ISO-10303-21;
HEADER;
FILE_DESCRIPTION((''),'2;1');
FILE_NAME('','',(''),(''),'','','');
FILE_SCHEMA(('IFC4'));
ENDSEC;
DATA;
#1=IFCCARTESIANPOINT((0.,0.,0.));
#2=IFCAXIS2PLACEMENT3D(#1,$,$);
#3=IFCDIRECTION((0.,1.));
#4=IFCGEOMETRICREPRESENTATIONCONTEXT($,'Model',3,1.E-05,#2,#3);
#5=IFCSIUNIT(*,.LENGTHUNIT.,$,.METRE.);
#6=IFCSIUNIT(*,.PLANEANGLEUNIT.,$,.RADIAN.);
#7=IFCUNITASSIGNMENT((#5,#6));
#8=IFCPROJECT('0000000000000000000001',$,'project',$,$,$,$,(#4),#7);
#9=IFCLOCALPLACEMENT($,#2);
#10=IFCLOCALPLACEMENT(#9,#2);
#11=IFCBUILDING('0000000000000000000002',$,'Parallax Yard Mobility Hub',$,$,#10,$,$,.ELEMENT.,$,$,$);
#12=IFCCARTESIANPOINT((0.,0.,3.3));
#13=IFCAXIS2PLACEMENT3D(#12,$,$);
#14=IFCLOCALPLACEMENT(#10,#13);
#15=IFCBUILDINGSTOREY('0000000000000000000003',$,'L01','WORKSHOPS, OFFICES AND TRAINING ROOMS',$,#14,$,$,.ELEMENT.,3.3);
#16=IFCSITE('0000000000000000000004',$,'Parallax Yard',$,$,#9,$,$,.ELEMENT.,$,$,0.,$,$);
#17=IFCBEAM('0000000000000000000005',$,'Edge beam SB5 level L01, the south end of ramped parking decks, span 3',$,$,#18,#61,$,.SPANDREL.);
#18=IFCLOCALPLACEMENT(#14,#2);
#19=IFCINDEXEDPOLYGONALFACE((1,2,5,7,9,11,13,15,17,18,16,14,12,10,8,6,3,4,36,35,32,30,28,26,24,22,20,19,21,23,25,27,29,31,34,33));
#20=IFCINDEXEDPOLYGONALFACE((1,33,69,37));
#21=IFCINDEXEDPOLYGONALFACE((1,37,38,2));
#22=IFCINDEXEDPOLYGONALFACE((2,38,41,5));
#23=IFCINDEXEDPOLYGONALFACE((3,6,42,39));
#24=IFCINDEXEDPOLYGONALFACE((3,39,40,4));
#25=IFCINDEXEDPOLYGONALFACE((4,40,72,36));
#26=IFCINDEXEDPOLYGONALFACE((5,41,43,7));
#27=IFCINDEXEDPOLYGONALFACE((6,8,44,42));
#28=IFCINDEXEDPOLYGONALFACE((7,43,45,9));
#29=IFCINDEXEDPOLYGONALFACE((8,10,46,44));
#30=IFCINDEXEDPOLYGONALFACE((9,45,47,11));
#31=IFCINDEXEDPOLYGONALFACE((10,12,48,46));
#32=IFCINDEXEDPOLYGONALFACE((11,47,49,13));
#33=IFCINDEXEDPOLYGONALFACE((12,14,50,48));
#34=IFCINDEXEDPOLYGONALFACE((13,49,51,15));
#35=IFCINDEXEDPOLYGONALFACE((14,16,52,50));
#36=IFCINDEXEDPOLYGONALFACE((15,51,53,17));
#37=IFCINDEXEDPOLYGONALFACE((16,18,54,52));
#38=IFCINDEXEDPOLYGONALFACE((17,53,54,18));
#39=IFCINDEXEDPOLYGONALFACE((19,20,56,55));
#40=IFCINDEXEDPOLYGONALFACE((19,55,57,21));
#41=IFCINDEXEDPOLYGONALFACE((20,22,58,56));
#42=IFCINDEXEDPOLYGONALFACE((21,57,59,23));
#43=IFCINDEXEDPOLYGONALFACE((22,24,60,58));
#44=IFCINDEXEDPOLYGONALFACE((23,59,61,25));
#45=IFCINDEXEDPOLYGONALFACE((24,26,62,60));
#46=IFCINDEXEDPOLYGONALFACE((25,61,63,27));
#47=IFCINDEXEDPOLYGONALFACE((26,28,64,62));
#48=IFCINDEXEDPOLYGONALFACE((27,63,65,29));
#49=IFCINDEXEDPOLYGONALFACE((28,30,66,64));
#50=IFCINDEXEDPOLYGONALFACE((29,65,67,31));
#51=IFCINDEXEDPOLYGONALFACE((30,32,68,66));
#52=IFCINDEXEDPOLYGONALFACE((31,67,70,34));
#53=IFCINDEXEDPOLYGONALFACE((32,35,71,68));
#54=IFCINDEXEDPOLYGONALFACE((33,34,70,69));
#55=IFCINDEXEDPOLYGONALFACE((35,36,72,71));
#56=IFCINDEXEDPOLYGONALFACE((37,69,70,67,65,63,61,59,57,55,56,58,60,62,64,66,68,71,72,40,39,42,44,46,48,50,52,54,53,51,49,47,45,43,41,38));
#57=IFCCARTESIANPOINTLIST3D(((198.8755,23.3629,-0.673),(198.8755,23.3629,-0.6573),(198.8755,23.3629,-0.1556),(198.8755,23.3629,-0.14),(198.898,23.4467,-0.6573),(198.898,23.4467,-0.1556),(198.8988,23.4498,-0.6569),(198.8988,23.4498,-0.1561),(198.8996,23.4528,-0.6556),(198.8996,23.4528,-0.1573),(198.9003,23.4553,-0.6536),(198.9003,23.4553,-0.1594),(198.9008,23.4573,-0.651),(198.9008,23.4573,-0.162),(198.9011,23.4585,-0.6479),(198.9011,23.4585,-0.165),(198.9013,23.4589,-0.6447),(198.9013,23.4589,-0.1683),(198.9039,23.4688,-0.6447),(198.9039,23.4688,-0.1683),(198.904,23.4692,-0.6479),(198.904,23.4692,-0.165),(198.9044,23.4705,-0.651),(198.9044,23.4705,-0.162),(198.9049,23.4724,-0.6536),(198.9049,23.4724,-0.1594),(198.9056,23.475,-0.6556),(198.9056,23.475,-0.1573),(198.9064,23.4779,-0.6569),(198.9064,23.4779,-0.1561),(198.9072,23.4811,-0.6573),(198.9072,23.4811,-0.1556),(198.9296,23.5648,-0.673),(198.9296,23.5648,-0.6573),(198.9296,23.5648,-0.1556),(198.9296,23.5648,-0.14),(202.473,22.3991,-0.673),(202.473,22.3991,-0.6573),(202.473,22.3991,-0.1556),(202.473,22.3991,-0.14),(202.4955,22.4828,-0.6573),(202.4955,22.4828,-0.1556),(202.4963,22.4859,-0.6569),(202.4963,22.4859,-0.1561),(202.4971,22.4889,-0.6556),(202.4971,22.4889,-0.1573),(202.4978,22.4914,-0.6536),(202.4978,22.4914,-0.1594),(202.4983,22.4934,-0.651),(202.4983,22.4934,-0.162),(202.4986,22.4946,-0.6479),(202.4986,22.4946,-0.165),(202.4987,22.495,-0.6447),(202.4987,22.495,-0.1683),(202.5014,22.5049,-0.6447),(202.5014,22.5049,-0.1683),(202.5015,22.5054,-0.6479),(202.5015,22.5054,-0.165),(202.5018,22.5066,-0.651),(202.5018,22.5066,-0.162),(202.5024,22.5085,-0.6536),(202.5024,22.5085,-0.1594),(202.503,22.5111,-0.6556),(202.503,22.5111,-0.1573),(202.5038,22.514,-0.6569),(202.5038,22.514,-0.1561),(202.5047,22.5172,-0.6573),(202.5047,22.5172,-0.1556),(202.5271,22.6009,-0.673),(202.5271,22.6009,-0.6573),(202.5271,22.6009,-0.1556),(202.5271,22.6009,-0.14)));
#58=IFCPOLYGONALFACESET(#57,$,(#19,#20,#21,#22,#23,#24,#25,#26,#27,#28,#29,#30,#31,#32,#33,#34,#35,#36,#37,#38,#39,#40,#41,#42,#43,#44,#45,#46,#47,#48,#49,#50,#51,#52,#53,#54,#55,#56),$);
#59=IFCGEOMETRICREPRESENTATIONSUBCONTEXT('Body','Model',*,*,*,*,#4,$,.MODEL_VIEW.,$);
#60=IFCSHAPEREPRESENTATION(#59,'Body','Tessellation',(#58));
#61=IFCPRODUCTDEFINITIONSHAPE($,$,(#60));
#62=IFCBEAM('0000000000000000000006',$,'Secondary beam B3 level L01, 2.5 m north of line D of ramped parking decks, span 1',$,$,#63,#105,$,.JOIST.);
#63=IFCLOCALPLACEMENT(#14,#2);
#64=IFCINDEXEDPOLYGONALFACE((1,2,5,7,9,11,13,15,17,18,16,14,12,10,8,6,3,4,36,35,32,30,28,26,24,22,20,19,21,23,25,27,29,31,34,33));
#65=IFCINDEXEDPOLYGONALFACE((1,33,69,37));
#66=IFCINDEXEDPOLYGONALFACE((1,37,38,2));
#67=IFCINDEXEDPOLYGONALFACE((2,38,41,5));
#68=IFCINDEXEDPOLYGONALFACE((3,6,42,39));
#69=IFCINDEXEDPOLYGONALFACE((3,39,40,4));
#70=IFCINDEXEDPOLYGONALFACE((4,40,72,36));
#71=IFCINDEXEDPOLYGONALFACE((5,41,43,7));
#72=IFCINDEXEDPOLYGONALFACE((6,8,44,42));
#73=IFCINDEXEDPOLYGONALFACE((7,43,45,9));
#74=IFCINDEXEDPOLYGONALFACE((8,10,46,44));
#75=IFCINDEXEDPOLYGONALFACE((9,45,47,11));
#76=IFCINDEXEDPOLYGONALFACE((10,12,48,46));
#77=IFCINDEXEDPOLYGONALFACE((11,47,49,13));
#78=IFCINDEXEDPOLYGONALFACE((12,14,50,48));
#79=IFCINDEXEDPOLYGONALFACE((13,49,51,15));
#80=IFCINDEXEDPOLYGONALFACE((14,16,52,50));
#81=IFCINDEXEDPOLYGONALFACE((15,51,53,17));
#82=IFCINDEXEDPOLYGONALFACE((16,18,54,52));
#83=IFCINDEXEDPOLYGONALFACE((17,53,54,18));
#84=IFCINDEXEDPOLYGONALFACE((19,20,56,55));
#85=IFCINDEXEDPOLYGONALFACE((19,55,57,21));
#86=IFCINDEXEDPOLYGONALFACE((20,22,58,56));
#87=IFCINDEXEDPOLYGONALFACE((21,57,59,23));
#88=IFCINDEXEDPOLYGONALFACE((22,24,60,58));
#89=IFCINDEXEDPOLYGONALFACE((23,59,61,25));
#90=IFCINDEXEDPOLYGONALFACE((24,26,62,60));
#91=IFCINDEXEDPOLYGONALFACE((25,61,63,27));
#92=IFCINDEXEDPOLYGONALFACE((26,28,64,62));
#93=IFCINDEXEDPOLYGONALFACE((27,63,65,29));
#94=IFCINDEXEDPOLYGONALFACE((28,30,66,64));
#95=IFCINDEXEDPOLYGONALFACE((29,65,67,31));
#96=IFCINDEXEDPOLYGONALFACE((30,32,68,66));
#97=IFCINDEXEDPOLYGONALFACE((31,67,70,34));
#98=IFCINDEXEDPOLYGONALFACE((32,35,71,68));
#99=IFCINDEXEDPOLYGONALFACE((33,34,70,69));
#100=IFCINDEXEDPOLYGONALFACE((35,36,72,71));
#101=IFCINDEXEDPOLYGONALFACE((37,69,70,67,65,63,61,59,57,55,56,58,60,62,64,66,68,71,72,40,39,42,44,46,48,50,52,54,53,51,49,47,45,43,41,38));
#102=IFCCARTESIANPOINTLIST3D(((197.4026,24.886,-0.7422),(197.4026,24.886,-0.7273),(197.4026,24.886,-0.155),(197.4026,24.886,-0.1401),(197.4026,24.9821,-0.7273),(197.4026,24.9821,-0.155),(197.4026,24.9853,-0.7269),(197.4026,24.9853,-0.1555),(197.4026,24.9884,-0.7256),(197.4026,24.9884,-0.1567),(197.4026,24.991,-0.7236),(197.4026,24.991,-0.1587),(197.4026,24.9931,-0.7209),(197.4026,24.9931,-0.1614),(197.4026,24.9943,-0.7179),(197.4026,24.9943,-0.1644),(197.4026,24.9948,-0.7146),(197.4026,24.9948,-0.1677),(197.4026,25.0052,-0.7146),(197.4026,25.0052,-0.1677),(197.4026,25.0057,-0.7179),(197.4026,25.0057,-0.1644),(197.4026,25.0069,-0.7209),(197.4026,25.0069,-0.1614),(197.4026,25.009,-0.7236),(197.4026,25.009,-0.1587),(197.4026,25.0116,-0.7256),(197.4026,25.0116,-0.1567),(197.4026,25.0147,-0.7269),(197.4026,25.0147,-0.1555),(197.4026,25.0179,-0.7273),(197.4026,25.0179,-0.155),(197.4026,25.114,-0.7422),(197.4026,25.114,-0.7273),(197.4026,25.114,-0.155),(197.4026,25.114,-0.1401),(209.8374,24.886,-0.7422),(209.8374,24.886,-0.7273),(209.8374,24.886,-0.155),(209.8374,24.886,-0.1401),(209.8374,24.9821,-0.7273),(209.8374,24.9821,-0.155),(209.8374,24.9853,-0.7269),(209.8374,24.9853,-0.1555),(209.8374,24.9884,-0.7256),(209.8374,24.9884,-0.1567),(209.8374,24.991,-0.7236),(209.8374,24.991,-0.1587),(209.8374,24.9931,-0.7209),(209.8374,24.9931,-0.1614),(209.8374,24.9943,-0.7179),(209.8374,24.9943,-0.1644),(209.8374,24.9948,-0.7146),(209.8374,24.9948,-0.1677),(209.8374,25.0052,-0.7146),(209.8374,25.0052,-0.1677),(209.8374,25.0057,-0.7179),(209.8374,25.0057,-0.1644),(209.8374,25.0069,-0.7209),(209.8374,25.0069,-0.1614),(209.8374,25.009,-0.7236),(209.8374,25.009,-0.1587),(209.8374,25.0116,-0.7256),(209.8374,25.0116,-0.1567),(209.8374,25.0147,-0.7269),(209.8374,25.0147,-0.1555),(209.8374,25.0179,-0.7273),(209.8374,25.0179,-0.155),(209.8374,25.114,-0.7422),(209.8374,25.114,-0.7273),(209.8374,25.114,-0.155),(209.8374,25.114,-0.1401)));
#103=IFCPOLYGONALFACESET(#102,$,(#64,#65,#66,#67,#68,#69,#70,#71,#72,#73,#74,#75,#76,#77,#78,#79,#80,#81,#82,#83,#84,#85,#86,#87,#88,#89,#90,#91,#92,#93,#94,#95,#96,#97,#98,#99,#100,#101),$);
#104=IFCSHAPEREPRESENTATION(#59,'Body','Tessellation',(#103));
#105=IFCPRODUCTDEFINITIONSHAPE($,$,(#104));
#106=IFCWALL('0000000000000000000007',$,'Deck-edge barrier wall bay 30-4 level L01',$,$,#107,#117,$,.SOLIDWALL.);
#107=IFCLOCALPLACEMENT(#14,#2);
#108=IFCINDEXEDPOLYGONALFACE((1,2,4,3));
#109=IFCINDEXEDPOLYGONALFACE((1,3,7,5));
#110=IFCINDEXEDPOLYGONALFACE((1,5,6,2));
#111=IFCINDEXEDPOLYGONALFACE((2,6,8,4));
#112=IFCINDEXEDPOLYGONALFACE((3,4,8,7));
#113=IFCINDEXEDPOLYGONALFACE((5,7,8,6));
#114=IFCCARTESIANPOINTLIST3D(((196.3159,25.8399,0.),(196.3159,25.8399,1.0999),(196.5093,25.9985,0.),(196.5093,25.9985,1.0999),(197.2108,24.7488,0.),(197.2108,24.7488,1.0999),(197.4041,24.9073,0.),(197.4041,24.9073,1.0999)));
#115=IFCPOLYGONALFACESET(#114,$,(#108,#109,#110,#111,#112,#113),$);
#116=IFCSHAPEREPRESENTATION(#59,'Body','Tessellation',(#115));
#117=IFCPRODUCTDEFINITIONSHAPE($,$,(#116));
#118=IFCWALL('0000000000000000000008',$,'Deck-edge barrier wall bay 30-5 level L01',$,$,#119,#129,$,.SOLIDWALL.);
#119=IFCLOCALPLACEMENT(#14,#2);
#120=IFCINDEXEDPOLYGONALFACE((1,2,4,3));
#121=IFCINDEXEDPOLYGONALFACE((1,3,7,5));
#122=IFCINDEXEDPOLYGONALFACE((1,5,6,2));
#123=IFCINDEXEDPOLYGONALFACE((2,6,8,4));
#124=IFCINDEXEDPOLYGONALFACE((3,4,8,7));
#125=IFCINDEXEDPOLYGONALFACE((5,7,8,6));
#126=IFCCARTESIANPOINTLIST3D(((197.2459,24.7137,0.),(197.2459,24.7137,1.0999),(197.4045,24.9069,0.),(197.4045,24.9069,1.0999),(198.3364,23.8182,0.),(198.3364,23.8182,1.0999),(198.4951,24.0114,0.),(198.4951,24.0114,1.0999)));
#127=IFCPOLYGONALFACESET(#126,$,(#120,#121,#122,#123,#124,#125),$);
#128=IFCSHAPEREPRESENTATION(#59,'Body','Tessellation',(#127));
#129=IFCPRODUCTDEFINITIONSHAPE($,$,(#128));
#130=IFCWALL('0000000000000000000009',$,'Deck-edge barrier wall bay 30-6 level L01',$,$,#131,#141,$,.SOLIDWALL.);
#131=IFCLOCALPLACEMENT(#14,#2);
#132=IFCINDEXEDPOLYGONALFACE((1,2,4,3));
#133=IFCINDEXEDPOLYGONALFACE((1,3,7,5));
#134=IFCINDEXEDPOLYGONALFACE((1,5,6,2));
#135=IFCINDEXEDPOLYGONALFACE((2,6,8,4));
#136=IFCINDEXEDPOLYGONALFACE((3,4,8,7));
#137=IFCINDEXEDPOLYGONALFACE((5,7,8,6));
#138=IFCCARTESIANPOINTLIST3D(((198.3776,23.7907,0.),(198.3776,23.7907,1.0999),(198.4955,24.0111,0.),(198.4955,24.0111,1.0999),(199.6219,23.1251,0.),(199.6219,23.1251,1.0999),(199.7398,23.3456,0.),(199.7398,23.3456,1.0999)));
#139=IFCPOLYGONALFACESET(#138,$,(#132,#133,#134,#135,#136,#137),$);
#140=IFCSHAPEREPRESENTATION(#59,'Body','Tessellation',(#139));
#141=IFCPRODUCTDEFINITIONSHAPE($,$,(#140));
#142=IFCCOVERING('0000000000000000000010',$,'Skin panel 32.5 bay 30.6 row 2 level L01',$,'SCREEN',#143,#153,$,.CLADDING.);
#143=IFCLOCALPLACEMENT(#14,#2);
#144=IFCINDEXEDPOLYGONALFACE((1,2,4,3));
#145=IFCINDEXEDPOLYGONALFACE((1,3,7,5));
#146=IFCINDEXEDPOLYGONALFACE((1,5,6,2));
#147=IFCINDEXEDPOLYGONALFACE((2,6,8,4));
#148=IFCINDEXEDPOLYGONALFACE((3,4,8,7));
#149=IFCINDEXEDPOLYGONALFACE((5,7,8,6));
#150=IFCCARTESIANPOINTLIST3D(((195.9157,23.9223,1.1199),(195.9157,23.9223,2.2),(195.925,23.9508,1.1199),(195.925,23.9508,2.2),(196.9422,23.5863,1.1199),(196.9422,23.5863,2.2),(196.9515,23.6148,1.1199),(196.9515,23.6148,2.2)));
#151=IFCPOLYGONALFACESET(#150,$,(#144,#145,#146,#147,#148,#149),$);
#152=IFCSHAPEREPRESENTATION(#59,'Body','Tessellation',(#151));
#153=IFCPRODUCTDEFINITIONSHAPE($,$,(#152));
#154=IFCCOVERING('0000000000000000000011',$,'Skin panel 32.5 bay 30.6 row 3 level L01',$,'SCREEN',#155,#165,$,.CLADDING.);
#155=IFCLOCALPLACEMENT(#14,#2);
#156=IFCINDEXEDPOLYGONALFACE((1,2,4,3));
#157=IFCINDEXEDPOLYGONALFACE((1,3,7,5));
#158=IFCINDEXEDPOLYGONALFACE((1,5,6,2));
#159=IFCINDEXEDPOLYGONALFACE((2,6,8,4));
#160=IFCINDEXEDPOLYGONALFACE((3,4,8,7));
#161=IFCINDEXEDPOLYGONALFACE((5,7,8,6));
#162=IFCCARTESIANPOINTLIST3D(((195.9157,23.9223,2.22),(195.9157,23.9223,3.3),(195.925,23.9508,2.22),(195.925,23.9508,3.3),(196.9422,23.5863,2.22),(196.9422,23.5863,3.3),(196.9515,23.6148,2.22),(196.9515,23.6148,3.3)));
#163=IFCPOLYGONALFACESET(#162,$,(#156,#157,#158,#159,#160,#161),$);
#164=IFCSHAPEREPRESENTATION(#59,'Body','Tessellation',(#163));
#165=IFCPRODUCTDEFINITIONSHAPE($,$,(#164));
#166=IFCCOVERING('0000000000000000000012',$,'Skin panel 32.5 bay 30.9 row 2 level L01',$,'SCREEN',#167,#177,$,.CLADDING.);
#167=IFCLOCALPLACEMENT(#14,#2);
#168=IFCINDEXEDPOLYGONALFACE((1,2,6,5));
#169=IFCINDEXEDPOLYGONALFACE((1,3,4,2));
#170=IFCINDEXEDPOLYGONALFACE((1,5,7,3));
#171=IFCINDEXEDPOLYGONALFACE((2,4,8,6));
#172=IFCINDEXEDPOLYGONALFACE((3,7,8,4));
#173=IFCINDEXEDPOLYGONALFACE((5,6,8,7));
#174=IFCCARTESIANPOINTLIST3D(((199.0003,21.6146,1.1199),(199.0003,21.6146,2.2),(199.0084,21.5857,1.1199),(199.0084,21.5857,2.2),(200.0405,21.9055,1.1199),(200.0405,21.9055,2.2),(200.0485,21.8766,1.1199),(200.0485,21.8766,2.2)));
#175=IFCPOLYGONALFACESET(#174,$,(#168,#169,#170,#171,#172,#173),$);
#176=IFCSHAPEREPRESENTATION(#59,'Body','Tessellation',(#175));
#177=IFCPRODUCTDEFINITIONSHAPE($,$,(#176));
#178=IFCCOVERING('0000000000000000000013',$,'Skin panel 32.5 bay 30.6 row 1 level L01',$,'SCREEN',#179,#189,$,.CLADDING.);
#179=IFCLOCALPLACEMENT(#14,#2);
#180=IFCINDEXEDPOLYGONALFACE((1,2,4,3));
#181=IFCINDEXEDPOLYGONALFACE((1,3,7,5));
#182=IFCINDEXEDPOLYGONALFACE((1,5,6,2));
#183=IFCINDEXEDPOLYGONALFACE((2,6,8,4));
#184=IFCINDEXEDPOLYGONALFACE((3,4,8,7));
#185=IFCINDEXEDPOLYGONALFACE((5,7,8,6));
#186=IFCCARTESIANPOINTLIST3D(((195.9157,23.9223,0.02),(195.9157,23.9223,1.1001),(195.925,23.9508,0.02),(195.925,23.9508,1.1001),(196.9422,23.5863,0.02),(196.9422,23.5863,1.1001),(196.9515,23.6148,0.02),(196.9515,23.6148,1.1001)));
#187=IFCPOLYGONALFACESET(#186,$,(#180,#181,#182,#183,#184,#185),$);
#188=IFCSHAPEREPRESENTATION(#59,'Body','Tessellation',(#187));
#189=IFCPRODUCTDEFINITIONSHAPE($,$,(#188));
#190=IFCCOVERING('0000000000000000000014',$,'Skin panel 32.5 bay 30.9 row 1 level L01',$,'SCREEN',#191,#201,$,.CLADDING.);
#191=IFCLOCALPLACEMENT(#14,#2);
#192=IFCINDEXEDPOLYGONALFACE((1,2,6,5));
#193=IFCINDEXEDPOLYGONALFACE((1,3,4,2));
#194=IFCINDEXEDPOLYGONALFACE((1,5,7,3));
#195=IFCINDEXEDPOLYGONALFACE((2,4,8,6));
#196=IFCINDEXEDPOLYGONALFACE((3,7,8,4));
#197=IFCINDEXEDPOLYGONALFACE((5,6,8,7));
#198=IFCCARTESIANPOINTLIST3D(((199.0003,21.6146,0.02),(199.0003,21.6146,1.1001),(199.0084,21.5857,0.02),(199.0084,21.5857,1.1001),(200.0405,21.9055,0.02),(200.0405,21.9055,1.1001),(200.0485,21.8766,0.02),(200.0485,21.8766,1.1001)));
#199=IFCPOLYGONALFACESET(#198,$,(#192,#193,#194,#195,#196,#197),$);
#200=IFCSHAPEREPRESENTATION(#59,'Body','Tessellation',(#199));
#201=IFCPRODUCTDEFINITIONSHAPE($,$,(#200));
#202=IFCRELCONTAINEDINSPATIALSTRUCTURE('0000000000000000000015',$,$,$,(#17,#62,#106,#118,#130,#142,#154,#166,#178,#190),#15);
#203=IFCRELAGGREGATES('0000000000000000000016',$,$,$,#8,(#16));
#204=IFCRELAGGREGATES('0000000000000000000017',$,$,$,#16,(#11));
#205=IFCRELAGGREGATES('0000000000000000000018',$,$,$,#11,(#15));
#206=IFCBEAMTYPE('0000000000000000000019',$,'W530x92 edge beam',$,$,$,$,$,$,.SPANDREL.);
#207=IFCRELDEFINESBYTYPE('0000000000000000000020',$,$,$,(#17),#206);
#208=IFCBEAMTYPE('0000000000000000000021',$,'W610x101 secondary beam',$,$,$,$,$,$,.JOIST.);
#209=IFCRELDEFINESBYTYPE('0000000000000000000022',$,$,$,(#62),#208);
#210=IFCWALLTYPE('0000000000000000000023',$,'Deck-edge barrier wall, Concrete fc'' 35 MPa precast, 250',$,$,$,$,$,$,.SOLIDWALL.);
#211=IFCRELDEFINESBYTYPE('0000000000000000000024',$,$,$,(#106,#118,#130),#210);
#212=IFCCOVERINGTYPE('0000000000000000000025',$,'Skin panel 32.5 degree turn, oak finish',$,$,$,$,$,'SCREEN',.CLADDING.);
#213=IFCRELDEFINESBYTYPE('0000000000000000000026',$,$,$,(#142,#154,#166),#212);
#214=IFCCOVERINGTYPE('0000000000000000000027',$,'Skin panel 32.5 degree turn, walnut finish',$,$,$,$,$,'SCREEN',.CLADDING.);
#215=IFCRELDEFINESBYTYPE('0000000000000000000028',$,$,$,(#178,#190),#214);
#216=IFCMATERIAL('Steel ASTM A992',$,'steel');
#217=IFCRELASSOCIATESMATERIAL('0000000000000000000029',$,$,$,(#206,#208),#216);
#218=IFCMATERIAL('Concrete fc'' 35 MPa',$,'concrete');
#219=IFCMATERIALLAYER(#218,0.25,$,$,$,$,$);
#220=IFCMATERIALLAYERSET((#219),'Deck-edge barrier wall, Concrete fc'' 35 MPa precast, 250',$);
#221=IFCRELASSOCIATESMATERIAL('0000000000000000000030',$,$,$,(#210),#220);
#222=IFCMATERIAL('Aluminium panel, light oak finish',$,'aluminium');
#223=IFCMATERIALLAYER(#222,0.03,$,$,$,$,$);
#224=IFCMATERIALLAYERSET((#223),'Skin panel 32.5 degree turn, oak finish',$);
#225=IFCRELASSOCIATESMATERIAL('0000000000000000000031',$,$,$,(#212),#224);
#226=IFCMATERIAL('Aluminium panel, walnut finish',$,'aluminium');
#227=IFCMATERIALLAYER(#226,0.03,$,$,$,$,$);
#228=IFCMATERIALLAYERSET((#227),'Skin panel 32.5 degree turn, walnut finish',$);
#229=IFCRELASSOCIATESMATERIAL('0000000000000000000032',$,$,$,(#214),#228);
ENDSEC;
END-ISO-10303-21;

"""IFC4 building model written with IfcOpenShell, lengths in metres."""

from ifc_helpers import new_model, si_unit, direction, frame, frame_2d, origin, origin_2d, place, context, subcontext, project, spatial, rectangle, i_section, extrude, material, layer, layer_set, material_profile, profile_set, type_object, element, save


model = new_model("IFC4")

# Units and contexts
model_context = context("Model", 3, precision=1e-05, world=origin(), true_north=direction((0.0, 1.0)))
body_context = subcontext(model_context, "Body", "Model", "MODEL_VIEW")
ifc_project = project(units=[si_unit("LENGTHUNIT", "METRE"), si_unit("PLANEANGLEUNIT", "RADIAN")], contexts=[model_context])

# Site, building, storey
site_placement = place(None, origin())
site = spatial("IfcSite", under=ifc_project, at=site_placement, Name="Parallax Yard", CompositionType="ELEMENT", RefElevation=0.0)
building_placement = place(site_placement, origin())
building = spatial("IfcBuilding", under=site, at=building_placement, Name="Parallax Yard Mobility Hub", CompositionType="ELEMENT")
storey_placement = place(building_placement, frame((0.0, 0.0, 3.3)))
storey = spatial("IfcBuildingStorey", under=building, at=storey_placement, Name="L01", Description="WORKSHOPS, OFFICES AND TRAINING ROOMS", CompositionType="ELEMENT", Elevation=3.3)

# Shared definitions
ifc_material_1 = material(Name="Steel ASTM A992", Category="steel")

# Beams
ifc_material_profile_1 = material_profile(ifc_material_1, i_section(OverallWidth=0.209, OverallDepth=0.533, WebThickness=0.0103, FlangeThickness=0.0156, FilletRadius=0.0127, at=origin_2d()), Name="W530x92")
ifc_profile_set_1 = profile_set([ifc_material_profile_1], Name="Steel ASTM A992")
beam_type_1 = type_object("IfcBeamType", Name="W530x92 edge beam", PredefinedType="SPANDREL", material=ifc_profile_set_1)
beam_1_placement = place(storey_placement, frame((198.9026, 23.4639, -0.4065), z_axis=(0.96593, -0.258805, 0.0), x_axis=(0.258805, 0.96593, 0.0)))
element("IfcBeam", 1, at=beam_1_placement, inside=storey, type_object=beam_type_1, Name="Edge beam SB5 level L01, the south end of ramped parking decks, span 3", PredefinedType="SPANDREL", context=body_context, shape_type="SweptSolid", body=[
    extrude(i_section(OverallWidth=0.209, OverallDepth=0.533, WebThickness=0.0103, FlangeThickness=0.0156, FilletRadius=0.0127, at=origin_2d()), origin(), (0.0, 0.0, 1.0), 3.7244),
])
ifc_material_profile_2 = material_profile(ifc_material_1, i_section(OverallWidth=0.228, OverallDepth=0.6021, WebThickness=0.0105, FlangeThickness=0.0149, FilletRadius=0.0127, at=origin_2d()), Name="W610x101")
ifc_profile_set_2 = profile_set([ifc_material_profile_2], Name="Steel ASTM A992")
beam_type_2 = type_object("IfcBeamType", Name="W610x101 secondary beam", PredefinedType="JOIST", material=ifc_profile_set_2)
beam_2_placement = place(storey_placement, frame((197.4026, 25.0, -0.4412), z_axis=(1.0, 0.0, 0.0), x_axis=(0.0, 1.0, 0.0)))
element("IfcBeam", 2, at=beam_2_placement, inside=storey, type_object=beam_type_2, Name="Secondary beam B3 level L01, 2.5 m north of line D of ramped parking decks, span 1", PredefinedType="JOIST", context=body_context, shape_type="SweptSolid", body=[
    extrude(i_section(OverallWidth=0.228, OverallDepth=0.6021, WebThickness=0.0105, FlangeThickness=0.0149, FilletRadius=0.0127, at=origin_2d()), origin(), (0.0, 0.0, 1.0), 12.4348),
])

# Walls
ifc_material_2 = material(Name="Concrete fc' 35 MPa", Category="concrete")
ifc_layer_1 = layer(ifc_material_2, 0.25)
ifc_layer_set_1 = layer_set([ifc_layer_1], Name="Deck-edge barrier wall, Concrete fc' 35 MPa precast, 250")
wall_type = type_object("IfcWallType", Name="Deck-edge barrier wall, Concrete fc' 35 MPa precast, 250", PredefinedType="SOLIDWALL", material=ifc_layer_set_1)
for number, where, z_axis, x_axis, name in (
    (3, (196.4126, 25.9192, 0.0), (0.0, 0.0, 1.0), (0.634123, -0.773232, 0.0), "Deck-edge barrier wall bay 30-4 level L01"),
    (4, (197.3252, 24.8103, 0.0), (0.0, 0.0, 1.0), (0.772838, -0.634603, 0.0), "Deck-edge barrier wall bay 30-5 level L01"),
    (5, (198.4365, 23.9009, 0.0), (0.0, 0.0, 1.0), (0.881806, -0.471612, 0.0), "Deck-edge barrier wall bay 30-6 level L01"),
):
    element("IfcWall", number, at=place(storey_placement, frame(where, z_axis=z_axis, x_axis=x_axis)), inside=storey, type_object=wall_type, Name=name, PredefinedType="SOLIDWALL", context=body_context, shape_type="SweptSolid", body=[
        extrude(rectangle(XDim=1.4111, YDim=0.25, at=frame_2d((0.7056, 0.0))), origin(), (0.0, 0.0, 1.0), 1.0999),
    ])

# Coverings
ifc_material_3 = material(Name="Aluminium panel, light oak finish", Category="aluminium")
ifc_layer_2 = layer(ifc_material_3, 0.03)
ifc_layer_set_2 = layer_set([ifc_layer_2], Name="Skin panel 32.5 degree turn, oak finish")
covering_type_1 = type_object("IfcCoveringType", Name="Skin panel 32.5 degree turn, oak finish", ElementType="SCREEN", PredefinedType="CLADDING", material=ifc_layer_set_2)
for number, where, z_axis, x_axis, name in (
    (6, (196.4336, 23.7686, 1.1199), (0.0, 0.0, 1.0), (-0.95038, 0.311091, 0.0), "Skin panel 32.5 bay 30.6 row 2 level L01"),
    (7, (196.4336, 23.7686, 2.22), (0.0, 0.0, 1.0), (-0.95038, 0.311091, 0.0), "Skin panel 32.5 bay 30.6 row 3 level L01"),
    (8, (199.5244, 21.7456, 1.1199), (0.0, 0.0, 1.0), (-0.963045, -0.26934, 0.0), "Skin panel 32.5 bay 30.9 row 2 level L01"),
):
    element("IfcCovering", number, at=place(storey_placement, frame(where, z_axis=z_axis, x_axis=x_axis)), inside=storey, type_object=covering_type_1, Name=name, ObjectType="SCREEN", PredefinedType="CLADDING", context=body_context, shape_type="SweptSolid", body=[
        extrude(rectangle(XDim=1.0801, YDim=0.03, at=origin_2d()), origin(), (0.0, 0.0, 1.0), 1.0801),
    ])
ifc_material_4 = material(Name="Aluminium panel, walnut finish", Category="aluminium")
ifc_layer_3 = layer(ifc_material_4, 0.03)
ifc_layer_set_3 = layer_set([ifc_layer_3], Name="Skin panel 32.5 degree turn, walnut finish")
covering_type_2 = type_object("IfcCoveringType", Name="Skin panel 32.5 degree turn, walnut finish", ElementType="SCREEN", PredefinedType="CLADDING", material=ifc_layer_set_3)
for number, where, z_axis, x_axis, name in (
    (9, (196.4336, 23.7686, 0.02), (0.0, 0.0, 1.0), (-0.95038, 0.311091, 0.0), "Skin panel 32.5 bay 30.6 row 1 level L01"),
    (10, (199.5244, 21.7456, 0.02), (0.0, 0.0, 1.0), (-0.963045, -0.26934, 0.0), "Skin panel 32.5 bay 30.9 row 1 level L01"),
):
    element("IfcCovering", number, at=place(storey_placement, frame(where, z_axis=z_axis, x_axis=x_axis)), inside=storey, type_object=covering_type_2, Name=name, ObjectType="SCREEN", PredefinedType="CLADDING", context=body_context, shape_type="SweptSolid", body=[
        extrude(rectangle(XDim=1.0801, YDim=0.03, at=origin_2d()), origin(), (0.0, 0.0, 1.0), 1.0801),
    ])

save(model, "model.ifc")
